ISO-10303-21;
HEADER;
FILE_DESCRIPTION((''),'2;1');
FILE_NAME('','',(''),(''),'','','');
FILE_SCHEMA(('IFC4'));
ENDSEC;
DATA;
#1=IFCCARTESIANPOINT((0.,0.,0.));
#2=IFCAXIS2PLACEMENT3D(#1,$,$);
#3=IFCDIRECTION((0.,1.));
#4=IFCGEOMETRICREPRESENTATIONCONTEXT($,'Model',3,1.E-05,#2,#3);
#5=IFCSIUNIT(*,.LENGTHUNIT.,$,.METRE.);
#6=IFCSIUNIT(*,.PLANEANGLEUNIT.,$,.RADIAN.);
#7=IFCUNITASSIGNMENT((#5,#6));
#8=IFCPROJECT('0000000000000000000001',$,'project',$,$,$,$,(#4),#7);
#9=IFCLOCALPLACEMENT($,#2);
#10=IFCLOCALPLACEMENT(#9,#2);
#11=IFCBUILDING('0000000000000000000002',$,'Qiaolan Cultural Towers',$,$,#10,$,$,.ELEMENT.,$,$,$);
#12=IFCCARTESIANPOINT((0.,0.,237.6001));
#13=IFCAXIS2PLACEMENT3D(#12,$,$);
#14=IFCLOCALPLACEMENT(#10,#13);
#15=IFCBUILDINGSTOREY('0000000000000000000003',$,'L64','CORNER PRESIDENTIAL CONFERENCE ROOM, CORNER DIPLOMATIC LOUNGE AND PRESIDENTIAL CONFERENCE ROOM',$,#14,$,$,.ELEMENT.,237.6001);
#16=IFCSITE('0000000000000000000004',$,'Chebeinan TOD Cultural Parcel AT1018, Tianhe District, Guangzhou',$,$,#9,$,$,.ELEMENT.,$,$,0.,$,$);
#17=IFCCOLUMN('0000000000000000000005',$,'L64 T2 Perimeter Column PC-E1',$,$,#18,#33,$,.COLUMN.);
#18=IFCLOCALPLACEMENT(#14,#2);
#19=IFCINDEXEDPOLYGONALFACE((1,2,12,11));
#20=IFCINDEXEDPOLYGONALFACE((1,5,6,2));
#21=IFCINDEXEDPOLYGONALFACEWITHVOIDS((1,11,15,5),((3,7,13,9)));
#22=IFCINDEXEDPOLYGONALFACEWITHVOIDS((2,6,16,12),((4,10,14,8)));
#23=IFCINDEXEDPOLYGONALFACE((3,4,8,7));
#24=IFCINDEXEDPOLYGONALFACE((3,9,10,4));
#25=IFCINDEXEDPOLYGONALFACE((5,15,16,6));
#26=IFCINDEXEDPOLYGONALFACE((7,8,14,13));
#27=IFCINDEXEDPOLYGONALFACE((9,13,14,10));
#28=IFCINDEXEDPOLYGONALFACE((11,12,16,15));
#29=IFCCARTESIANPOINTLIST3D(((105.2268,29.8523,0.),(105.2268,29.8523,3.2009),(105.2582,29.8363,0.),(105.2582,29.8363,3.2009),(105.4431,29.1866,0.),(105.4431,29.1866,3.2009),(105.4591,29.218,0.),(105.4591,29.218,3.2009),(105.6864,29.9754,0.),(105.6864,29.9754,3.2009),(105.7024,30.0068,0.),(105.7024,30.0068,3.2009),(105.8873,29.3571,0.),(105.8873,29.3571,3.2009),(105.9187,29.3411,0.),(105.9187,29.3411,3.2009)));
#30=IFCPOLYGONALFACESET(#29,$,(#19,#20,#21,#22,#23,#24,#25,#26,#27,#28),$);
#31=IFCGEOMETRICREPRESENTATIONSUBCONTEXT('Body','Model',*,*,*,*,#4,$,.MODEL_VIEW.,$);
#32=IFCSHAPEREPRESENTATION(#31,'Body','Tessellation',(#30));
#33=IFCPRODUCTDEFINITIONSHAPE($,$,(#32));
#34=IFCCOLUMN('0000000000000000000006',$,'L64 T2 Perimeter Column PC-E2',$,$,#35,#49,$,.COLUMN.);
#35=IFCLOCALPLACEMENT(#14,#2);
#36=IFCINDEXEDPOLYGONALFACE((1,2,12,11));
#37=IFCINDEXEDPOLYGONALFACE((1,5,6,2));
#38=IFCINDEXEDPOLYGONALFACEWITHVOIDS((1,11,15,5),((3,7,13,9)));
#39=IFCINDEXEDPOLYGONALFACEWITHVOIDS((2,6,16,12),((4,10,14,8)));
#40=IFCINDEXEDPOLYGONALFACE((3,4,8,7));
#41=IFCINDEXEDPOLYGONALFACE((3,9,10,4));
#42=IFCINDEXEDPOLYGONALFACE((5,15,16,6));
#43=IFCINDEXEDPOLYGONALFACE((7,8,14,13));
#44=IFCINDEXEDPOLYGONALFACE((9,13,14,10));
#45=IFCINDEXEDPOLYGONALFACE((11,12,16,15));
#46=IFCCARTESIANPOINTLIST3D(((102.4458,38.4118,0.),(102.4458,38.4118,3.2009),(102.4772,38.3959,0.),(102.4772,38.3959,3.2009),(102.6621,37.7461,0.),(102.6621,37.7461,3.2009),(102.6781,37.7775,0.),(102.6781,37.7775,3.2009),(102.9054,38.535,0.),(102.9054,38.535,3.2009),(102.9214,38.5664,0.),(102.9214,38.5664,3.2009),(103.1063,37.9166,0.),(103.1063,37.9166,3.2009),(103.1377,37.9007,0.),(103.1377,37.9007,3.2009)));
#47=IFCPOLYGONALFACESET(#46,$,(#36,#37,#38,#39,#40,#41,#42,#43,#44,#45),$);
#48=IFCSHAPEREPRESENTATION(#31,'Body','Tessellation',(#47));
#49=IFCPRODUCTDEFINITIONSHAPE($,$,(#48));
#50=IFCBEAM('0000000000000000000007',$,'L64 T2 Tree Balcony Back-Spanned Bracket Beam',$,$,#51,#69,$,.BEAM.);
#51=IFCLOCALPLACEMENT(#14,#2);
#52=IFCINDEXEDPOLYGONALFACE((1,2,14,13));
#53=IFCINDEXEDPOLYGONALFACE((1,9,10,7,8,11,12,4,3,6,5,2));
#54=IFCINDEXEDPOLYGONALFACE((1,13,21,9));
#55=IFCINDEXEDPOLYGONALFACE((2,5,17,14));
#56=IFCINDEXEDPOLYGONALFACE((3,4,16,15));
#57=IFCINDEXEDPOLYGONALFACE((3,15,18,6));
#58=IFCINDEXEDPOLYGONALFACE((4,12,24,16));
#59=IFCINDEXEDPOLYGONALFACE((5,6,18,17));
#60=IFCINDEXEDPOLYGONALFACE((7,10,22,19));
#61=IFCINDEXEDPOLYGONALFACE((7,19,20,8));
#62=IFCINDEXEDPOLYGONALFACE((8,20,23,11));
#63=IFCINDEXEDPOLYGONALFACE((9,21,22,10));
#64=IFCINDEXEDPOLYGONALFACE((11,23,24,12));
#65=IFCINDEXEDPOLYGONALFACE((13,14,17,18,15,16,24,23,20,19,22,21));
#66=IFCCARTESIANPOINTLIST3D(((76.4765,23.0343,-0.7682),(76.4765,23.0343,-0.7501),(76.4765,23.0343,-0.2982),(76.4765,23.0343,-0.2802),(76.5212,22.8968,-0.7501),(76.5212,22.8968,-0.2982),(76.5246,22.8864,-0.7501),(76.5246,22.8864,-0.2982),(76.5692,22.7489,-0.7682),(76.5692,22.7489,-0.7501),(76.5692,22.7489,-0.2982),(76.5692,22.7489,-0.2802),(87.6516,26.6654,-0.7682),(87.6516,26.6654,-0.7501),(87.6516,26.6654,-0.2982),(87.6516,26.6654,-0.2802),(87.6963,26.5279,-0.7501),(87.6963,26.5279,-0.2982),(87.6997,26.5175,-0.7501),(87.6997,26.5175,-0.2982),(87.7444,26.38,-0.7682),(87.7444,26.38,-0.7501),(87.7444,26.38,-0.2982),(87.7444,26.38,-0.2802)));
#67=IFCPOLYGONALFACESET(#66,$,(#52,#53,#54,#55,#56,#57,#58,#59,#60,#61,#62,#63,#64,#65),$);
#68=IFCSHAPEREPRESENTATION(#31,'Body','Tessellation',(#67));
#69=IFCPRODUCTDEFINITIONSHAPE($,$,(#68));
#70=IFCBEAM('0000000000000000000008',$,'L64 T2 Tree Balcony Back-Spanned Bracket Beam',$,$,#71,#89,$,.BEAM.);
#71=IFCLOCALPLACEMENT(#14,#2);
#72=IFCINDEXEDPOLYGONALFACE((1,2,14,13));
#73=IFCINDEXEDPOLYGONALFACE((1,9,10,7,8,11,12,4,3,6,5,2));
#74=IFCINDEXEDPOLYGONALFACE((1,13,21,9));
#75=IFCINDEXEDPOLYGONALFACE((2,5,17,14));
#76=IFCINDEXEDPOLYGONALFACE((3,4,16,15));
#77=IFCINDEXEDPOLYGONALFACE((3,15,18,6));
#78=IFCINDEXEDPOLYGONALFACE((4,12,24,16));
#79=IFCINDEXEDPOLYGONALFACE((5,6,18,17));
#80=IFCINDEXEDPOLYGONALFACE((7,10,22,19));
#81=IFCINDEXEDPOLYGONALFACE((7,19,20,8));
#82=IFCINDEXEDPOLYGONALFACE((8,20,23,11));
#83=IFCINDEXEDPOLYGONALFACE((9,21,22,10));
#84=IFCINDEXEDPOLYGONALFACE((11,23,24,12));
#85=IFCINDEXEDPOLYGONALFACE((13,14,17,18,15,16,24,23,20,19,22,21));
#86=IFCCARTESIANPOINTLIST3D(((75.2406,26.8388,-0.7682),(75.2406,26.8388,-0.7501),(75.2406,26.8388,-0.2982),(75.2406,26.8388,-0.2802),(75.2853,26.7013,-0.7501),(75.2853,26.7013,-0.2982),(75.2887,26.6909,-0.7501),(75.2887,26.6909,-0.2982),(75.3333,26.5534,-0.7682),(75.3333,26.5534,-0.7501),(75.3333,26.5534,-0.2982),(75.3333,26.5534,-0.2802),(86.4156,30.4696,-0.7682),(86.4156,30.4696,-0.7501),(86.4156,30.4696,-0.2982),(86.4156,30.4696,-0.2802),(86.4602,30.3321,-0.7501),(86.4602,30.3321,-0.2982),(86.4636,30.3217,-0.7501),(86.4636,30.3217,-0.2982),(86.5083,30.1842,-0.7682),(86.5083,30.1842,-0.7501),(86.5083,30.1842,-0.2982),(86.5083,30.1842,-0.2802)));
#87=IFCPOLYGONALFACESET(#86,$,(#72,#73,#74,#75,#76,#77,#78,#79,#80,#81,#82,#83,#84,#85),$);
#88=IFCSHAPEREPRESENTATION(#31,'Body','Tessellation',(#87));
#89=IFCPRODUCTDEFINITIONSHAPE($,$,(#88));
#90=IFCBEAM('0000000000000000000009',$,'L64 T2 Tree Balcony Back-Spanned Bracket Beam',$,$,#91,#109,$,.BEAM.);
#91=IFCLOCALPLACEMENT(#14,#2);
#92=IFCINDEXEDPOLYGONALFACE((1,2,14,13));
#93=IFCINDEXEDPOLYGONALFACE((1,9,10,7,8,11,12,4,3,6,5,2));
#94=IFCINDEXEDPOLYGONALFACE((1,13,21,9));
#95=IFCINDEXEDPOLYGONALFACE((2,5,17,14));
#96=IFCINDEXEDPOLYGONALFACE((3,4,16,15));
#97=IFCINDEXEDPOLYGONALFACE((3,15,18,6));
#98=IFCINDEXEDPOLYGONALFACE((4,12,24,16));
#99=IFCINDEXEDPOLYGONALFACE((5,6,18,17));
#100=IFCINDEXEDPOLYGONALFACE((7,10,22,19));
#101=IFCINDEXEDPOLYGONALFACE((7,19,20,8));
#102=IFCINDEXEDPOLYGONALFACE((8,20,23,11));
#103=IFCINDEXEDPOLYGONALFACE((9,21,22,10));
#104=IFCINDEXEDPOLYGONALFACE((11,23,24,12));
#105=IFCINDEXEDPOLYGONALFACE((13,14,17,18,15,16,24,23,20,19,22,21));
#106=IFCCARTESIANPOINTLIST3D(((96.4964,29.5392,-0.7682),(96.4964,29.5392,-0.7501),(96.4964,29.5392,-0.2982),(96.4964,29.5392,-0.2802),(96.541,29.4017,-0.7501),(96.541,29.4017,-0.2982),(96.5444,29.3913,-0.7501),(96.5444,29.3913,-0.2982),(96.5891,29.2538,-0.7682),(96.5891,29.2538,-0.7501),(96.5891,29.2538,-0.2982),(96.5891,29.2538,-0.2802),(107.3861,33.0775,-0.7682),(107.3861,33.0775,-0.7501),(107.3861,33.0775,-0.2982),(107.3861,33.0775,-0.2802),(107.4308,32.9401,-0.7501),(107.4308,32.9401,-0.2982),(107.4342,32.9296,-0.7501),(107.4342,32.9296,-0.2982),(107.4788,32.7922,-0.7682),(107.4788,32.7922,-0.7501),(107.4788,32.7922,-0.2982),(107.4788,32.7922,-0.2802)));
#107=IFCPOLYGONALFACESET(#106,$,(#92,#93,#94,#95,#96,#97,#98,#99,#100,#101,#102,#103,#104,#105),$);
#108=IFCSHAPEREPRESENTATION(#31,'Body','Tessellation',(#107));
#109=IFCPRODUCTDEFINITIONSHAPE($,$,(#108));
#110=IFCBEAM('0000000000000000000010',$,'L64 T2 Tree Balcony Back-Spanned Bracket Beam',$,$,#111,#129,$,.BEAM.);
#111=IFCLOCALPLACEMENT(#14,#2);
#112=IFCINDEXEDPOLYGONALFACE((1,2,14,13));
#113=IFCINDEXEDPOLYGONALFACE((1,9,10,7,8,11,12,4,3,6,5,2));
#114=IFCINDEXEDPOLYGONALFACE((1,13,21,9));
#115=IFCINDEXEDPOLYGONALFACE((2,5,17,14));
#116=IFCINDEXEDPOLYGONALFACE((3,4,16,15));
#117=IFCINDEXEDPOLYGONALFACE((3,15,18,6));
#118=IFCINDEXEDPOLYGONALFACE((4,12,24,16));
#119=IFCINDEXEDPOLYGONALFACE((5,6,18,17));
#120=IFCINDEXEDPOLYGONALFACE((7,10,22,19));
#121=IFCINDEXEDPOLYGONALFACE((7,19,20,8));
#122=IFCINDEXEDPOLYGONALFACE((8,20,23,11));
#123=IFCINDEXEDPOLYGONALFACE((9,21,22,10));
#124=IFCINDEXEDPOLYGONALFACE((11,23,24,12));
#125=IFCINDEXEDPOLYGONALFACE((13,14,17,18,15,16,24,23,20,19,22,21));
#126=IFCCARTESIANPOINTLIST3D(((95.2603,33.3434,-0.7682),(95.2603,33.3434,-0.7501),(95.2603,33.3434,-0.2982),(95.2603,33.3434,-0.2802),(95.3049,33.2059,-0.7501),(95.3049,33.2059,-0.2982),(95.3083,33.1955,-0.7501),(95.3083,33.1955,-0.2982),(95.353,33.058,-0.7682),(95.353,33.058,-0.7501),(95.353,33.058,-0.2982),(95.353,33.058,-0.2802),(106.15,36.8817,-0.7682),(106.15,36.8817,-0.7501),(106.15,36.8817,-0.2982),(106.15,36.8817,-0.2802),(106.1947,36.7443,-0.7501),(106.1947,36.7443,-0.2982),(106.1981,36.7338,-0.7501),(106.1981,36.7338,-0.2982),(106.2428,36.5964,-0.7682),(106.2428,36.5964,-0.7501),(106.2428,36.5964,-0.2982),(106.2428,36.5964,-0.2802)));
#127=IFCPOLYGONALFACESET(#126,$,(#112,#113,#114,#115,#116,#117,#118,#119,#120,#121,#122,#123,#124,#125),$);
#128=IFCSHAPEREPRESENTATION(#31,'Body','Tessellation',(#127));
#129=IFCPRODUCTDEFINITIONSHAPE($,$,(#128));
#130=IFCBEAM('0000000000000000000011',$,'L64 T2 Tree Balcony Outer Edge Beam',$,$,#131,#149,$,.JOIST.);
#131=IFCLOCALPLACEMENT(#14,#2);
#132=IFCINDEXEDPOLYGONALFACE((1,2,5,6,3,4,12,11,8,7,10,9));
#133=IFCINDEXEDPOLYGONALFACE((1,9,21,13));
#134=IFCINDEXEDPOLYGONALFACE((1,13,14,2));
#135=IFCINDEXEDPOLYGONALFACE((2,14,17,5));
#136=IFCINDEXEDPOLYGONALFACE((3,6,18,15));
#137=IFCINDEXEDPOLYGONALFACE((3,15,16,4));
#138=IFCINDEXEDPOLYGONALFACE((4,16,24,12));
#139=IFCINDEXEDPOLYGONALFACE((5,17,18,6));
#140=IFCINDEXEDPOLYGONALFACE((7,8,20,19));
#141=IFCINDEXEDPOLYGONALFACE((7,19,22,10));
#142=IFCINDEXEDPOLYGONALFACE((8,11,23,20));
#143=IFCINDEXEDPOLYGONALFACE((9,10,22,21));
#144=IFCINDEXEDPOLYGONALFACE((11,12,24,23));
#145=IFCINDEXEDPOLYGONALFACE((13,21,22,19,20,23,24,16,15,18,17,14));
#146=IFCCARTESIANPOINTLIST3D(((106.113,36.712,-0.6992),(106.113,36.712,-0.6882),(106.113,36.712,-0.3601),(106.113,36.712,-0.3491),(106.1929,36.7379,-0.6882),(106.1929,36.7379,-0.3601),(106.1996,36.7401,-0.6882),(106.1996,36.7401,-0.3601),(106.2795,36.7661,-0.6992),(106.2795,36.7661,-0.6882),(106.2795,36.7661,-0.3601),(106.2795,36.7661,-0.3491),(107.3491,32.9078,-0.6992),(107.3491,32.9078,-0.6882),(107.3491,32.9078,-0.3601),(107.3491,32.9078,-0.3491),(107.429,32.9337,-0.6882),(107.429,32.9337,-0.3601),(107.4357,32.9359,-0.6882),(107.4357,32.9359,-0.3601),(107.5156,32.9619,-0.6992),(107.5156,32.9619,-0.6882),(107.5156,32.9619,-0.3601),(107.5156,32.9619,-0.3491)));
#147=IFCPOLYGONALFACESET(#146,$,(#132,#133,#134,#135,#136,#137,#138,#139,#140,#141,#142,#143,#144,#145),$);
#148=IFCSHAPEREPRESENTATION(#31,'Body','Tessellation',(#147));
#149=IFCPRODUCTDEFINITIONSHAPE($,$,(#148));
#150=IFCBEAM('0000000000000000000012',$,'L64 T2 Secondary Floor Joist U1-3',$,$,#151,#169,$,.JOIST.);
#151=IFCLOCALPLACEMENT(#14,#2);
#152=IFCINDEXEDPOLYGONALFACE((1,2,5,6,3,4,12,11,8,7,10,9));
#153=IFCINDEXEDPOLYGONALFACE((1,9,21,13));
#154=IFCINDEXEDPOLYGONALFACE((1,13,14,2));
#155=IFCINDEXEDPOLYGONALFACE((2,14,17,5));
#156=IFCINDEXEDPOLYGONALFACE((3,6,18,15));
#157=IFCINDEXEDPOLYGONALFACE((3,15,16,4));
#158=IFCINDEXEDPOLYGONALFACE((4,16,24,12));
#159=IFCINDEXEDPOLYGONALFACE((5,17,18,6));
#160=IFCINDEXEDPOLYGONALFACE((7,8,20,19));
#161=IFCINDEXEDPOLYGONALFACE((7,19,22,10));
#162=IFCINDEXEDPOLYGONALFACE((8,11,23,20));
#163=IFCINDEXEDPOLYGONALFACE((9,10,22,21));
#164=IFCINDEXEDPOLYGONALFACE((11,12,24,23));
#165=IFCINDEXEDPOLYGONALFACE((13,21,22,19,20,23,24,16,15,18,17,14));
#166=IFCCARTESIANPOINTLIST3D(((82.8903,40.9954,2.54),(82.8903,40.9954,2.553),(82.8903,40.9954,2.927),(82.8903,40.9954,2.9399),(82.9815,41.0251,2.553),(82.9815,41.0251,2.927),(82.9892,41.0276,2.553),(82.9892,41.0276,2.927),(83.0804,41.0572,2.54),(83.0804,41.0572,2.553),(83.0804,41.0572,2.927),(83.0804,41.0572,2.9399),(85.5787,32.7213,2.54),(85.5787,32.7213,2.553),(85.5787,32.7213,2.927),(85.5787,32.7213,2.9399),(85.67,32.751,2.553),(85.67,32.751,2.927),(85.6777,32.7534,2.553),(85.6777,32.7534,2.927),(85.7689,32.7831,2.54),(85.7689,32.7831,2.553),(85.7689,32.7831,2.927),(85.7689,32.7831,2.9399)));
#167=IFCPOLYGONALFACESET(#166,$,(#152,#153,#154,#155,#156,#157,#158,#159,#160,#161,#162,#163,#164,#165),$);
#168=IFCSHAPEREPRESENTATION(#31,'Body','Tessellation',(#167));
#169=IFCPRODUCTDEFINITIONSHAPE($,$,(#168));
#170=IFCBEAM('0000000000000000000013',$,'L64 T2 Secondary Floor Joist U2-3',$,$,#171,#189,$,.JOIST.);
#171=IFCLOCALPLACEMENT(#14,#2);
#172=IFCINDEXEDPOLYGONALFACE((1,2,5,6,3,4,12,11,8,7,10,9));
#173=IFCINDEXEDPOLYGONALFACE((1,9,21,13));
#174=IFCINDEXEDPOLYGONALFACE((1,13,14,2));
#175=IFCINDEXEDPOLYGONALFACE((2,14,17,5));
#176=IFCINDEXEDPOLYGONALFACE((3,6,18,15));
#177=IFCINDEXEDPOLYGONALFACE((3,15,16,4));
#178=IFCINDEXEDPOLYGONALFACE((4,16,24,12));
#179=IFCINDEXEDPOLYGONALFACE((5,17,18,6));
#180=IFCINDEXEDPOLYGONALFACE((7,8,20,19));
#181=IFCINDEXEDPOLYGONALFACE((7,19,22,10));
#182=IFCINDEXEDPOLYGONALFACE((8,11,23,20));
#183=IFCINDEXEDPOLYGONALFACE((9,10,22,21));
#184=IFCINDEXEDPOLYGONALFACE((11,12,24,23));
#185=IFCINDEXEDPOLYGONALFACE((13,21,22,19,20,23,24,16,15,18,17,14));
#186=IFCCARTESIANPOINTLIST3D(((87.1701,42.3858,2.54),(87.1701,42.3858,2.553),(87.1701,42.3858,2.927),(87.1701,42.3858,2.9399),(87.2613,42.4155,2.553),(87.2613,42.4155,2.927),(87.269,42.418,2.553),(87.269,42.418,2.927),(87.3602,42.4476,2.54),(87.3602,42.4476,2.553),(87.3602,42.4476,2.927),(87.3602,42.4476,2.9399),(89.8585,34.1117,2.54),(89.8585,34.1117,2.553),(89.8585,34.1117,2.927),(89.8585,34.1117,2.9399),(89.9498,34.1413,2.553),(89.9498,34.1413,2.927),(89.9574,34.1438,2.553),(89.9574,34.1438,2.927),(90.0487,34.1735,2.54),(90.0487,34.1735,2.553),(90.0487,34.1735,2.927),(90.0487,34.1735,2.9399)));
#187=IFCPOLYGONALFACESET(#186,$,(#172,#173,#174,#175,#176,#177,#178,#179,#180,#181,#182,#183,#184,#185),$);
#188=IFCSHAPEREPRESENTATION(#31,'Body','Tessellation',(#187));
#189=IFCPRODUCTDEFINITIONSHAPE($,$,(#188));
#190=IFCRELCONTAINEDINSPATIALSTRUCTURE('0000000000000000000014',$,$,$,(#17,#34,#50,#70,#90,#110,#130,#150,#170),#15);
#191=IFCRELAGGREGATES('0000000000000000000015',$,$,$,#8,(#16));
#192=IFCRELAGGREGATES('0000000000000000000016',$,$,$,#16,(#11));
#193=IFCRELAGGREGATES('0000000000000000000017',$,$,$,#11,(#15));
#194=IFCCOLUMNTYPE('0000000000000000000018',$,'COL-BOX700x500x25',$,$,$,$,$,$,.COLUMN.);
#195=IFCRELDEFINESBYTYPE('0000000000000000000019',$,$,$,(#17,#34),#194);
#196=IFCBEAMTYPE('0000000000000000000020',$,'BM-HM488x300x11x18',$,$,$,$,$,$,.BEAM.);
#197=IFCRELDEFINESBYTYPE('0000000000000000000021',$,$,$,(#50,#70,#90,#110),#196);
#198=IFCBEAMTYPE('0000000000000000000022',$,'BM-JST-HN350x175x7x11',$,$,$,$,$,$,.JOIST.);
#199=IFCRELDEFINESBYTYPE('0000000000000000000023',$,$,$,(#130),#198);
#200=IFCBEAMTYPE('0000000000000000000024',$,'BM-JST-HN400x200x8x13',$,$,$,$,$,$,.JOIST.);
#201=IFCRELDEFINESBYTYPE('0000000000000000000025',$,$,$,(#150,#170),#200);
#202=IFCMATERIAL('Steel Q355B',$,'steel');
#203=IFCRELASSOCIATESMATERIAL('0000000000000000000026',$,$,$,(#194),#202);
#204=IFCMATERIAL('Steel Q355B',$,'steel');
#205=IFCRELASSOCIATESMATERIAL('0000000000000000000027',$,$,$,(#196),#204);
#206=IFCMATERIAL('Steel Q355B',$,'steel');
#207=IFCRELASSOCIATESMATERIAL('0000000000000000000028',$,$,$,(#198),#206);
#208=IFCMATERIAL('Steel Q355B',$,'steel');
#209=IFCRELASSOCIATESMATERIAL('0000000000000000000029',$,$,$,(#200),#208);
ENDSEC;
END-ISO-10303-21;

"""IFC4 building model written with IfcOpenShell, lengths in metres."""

from ifc_helpers import new_model, si_unit, direction, frame, origin, origin_2d, place, context, subcontext, project, spatial, hollow_rectangle, i_section, extrude, material, material_profile, profile_set, type_object, element, save


model = new_model("IFC4")

# Units and contexts
model_context = context("Model", 3, precision=1e-05, world=origin(), true_north=direction((0.0, 1.0)))
body_context = subcontext(model_context, "Body", "Model", "MODEL_VIEW")
ifc_project = project(units=[si_unit("LENGTHUNIT", "METRE"), si_unit("PLANEANGLEUNIT", "RADIAN")], contexts=[model_context])

# Site, building, storey
site_placement = place(None, origin())
site = spatial("IfcSite", under=ifc_project, at=site_placement, Name="Chebeinan TOD Cultural Parcel AT1018, Tianhe District, Guangzhou", CompositionType="ELEMENT", RefElevation=0.0)
building_placement = place(site_placement, origin())
building = spatial("IfcBuilding", under=site, at=building_placement, Name="Qiaolan Cultural Towers", CompositionType="ELEMENT")
storey_placement = place(building_placement, frame((0.0, 0.0, 237.6001)))
storey = spatial("IfcBuildingStorey", under=building, at=storey_placement, Name="L64", Description="CORNER PRESIDENTIAL CONFERENCE ROOM, CORNER DIPLOMATIC LOUNGE AND PRESIDENTIAL CONFERENCE ROOM", CompositionType="ELEMENT", Elevation=237.6001)

# Columns
ifc_material_1 = material(Name="Steel Q355B", Category="steel")
ifc_material_profile_1 = material_profile(ifc_material_1, hollow_rectangle(XDim=0.5, YDim=0.7, WallThickness=0.0249, at=origin_2d()), Name="BOX700x500x25")
ifc_profile_set_1 = profile_set([ifc_material_profile_1], Name="Steel Q355B")
column_type = type_object("IfcColumnType", Name="COL-BOX700x500x25", PredefinedType="COLUMN", material=ifc_profile_set_1)
for number, where, z_axis, x_axis, name in (
    (1, (105.5728, 29.5967, 0.0), (0.0, 0.0, 1.0), (0.951057, 0.309017, 0.0), "L64 T2 Perimeter Column PC-E1"),
    (2, (102.7917, 38.1562, 0.0), (0.0, 0.0, 1.0), (0.951057, 0.309017, 0.0), "L64 T2 Perimeter Column PC-E2"),
):
    element("IfcColumn", number, at=place(storey_placement, frame(where, z_axis=z_axis, x_axis=x_axis)), inside=storey, type_object=column_type, Name=name, PredefinedType="COLUMN", context=body_context, shape_type="SweptSolid", body=[
        extrude(hollow_rectangle(XDim=0.5, YDim=0.7, WallThickness=0.0249, at=origin_2d()), origin(), (0.0, 0.0, 1.0), 3.2009),
    ])

# Beams
ifc_material_2 = material(Name="Steel Q355B", Category="steel")
ifc_material_profile_2 = material_profile(ifc_material_2, i_section(OverallWidth=0.3, OverallDepth=0.488, WebThickness=0.011, FlangeThickness=0.0181, at=origin_2d()), Name="HM488x300x11x18")
ifc_profile_set_2 = profile_set([ifc_material_profile_2], Name="Steel Q355B")
beam_type_1 = type_object("IfcBeamType", Name="BM-HM488x300x11x18", PredefinedType="BEAM", material=ifc_profile_set_2)
beam_1_placement = place(storey_placement, frame((87.698, 26.5227, -0.5242), z_axis=(-0.951054, -0.309025, 0.0), x_axis=(0.309025, -0.951054, 0.0)))
element("IfcBeam", 3, at=beam_1_placement, inside=storey, type_object=beam_type_1, Name="L64 T2 Tree Balcony Back-Spanned Bracket Beam", PredefinedType="BEAM", context=body_context, shape_type="SweptSolid", body=[
    extrude(i_section(OverallWidth=0.3, OverallDepth=0.488, WebThickness=0.011, FlangeThickness=0.0181, at=origin_2d()), origin(), (0.0, 0.0, 1.0), 11.7502),
])
beam_2_placement = place(storey_placement, frame((86.4619, 30.3269, -0.5242), z_axis=(-0.95106, -0.309007, 0.0), x_axis=(0.309007, -0.95106, 0.0)))
element("IfcBeam", 4, at=beam_2_placement, inside=storey, type_object=beam_type_1, Name="L64 T2 Tree Balcony Back-Spanned Bracket Beam", PredefinedType="BEAM", context=body_context, shape_type="SweptSolid", body=[
    extrude(i_section(OverallWidth=0.3, OverallDepth=0.488, WebThickness=0.011, FlangeThickness=0.0181, at=origin_2d()), origin(), (0.0, 0.0, 1.0), 11.75),
])
for number, where, z_axis, x_axis, name in (
    (5, (96.5427, 29.3965, -0.5242), (0.951055, 0.309022, 0.0), (-0.309022, 0.951055, 0.0), "L64 T2 Tree Balcony Back-Spanned Bracket Beam"),
    (6, (95.3066, 33.2007, -0.5242), (0.951055, 0.309022, 0.0), (-0.309022, 0.951055, 0.0), "L64 T2 Tree Balcony Back-Spanned Bracket Beam"),
):
    element("IfcBeam", number, at=place(storey_placement, frame(where, z_axis=z_axis, x_axis=x_axis)), inside=storey, type_object=beam_type_1, Name=name, PredefinedType="BEAM", context=body_context, shape_type="SweptSolid", body=[
        extrude(i_section(OverallWidth=0.3, OverallDepth=0.488, WebThickness=0.011, FlangeThickness=0.0181, at=origin_2d()), origin(), (0.0, 0.0, 1.0), 11.4502),
    ])
ifc_material_3 = material(Name="Steel Q355B", Category="steel")
ifc_material_profile_3 = material_profile(ifc_material_3, i_section(OverallWidth=0.175, OverallDepth=0.3501, WebThickness=0.0071, FlangeThickness=0.011, at=origin_2d()), Name="HN350x175x7x11")
ifc_profile_set_3 = profile_set([ifc_material_profile_3], Name="Steel Q355B")
beam_type_2 = type_object("IfcBeamType", Name="BM-JST-HN350x175x7x11", PredefinedType="JOIST", material=ifc_profile_set_3)
beam_3_placement = place(storey_placement, frame((107.4324, 32.9348, -0.5242), z_axis=(-0.309023, 0.951055, 0.0), x_axis=(-0.951055, -0.309023, 0.0)))
element("IfcBeam", 7, at=beam_3_placement, inside=storey, type_object=beam_type_2, Name="L64 T2 Tree Balcony Outer Edge Beam", PredefinedType="JOIST", context=body_context, shape_type="SweptSolid", body=[
    extrude(i_section(OverallWidth=0.175, OverallDepth=0.3501, WebThickness=0.0071, FlangeThickness=0.011, at=origin_2d()), origin(), (0.0, 0.0, 1.0), 4.0),
])
ifc_material_4 = material(Name="Steel Q355B", Category="steel")
ifc_material_profile_4 = material_profile(ifc_material_4, i_section(OverallWidth=0.2, OverallDepth=0.3999, WebThickness=0.0081, FlangeThickness=0.0129, at=origin_2d()), Name="HN400x200x8x13")
ifc_profile_set_4 = profile_set([ifc_material_profile_4], Name="Steel Q355B")
beam_type_3 = type_object("IfcBeamType", Name="BM-JST-HN400x200x8x13", PredefinedType="JOIST", material=ifc_profile_set_4)
for number, where, z_axis, x_axis, name in (
    (8, (85.6738, 32.7522, 2.74), (-0.309021, 0.951055, 0.0), (-0.951055, -0.309021, 0.0), "L64 T2 Secondary Floor Joist U1-3"),
    (9, (89.9536, 34.1426, 2.74), (-0.309021, 0.951055, 0.0), (-0.951055, -0.309021, 0.0), "L64 T2 Secondary Floor Joist U2-3"),
):
    element("IfcBeam", number, at=place(storey_placement, frame(where, z_axis=z_axis, x_axis=x_axis)), inside=storey, type_object=beam_type_3, Name=name, PredefinedType="JOIST", context=body_context, shape_type="SweptSolid", body=[
        extrude(i_section(OverallWidth=0.2, OverallDepth=0.3999, WebThickness=0.0081, FlangeThickness=0.0129, at=origin_2d()), origin(), (0.0, 0.0, 1.0), 8.7),
    ])

save(model, "model.ifc")
